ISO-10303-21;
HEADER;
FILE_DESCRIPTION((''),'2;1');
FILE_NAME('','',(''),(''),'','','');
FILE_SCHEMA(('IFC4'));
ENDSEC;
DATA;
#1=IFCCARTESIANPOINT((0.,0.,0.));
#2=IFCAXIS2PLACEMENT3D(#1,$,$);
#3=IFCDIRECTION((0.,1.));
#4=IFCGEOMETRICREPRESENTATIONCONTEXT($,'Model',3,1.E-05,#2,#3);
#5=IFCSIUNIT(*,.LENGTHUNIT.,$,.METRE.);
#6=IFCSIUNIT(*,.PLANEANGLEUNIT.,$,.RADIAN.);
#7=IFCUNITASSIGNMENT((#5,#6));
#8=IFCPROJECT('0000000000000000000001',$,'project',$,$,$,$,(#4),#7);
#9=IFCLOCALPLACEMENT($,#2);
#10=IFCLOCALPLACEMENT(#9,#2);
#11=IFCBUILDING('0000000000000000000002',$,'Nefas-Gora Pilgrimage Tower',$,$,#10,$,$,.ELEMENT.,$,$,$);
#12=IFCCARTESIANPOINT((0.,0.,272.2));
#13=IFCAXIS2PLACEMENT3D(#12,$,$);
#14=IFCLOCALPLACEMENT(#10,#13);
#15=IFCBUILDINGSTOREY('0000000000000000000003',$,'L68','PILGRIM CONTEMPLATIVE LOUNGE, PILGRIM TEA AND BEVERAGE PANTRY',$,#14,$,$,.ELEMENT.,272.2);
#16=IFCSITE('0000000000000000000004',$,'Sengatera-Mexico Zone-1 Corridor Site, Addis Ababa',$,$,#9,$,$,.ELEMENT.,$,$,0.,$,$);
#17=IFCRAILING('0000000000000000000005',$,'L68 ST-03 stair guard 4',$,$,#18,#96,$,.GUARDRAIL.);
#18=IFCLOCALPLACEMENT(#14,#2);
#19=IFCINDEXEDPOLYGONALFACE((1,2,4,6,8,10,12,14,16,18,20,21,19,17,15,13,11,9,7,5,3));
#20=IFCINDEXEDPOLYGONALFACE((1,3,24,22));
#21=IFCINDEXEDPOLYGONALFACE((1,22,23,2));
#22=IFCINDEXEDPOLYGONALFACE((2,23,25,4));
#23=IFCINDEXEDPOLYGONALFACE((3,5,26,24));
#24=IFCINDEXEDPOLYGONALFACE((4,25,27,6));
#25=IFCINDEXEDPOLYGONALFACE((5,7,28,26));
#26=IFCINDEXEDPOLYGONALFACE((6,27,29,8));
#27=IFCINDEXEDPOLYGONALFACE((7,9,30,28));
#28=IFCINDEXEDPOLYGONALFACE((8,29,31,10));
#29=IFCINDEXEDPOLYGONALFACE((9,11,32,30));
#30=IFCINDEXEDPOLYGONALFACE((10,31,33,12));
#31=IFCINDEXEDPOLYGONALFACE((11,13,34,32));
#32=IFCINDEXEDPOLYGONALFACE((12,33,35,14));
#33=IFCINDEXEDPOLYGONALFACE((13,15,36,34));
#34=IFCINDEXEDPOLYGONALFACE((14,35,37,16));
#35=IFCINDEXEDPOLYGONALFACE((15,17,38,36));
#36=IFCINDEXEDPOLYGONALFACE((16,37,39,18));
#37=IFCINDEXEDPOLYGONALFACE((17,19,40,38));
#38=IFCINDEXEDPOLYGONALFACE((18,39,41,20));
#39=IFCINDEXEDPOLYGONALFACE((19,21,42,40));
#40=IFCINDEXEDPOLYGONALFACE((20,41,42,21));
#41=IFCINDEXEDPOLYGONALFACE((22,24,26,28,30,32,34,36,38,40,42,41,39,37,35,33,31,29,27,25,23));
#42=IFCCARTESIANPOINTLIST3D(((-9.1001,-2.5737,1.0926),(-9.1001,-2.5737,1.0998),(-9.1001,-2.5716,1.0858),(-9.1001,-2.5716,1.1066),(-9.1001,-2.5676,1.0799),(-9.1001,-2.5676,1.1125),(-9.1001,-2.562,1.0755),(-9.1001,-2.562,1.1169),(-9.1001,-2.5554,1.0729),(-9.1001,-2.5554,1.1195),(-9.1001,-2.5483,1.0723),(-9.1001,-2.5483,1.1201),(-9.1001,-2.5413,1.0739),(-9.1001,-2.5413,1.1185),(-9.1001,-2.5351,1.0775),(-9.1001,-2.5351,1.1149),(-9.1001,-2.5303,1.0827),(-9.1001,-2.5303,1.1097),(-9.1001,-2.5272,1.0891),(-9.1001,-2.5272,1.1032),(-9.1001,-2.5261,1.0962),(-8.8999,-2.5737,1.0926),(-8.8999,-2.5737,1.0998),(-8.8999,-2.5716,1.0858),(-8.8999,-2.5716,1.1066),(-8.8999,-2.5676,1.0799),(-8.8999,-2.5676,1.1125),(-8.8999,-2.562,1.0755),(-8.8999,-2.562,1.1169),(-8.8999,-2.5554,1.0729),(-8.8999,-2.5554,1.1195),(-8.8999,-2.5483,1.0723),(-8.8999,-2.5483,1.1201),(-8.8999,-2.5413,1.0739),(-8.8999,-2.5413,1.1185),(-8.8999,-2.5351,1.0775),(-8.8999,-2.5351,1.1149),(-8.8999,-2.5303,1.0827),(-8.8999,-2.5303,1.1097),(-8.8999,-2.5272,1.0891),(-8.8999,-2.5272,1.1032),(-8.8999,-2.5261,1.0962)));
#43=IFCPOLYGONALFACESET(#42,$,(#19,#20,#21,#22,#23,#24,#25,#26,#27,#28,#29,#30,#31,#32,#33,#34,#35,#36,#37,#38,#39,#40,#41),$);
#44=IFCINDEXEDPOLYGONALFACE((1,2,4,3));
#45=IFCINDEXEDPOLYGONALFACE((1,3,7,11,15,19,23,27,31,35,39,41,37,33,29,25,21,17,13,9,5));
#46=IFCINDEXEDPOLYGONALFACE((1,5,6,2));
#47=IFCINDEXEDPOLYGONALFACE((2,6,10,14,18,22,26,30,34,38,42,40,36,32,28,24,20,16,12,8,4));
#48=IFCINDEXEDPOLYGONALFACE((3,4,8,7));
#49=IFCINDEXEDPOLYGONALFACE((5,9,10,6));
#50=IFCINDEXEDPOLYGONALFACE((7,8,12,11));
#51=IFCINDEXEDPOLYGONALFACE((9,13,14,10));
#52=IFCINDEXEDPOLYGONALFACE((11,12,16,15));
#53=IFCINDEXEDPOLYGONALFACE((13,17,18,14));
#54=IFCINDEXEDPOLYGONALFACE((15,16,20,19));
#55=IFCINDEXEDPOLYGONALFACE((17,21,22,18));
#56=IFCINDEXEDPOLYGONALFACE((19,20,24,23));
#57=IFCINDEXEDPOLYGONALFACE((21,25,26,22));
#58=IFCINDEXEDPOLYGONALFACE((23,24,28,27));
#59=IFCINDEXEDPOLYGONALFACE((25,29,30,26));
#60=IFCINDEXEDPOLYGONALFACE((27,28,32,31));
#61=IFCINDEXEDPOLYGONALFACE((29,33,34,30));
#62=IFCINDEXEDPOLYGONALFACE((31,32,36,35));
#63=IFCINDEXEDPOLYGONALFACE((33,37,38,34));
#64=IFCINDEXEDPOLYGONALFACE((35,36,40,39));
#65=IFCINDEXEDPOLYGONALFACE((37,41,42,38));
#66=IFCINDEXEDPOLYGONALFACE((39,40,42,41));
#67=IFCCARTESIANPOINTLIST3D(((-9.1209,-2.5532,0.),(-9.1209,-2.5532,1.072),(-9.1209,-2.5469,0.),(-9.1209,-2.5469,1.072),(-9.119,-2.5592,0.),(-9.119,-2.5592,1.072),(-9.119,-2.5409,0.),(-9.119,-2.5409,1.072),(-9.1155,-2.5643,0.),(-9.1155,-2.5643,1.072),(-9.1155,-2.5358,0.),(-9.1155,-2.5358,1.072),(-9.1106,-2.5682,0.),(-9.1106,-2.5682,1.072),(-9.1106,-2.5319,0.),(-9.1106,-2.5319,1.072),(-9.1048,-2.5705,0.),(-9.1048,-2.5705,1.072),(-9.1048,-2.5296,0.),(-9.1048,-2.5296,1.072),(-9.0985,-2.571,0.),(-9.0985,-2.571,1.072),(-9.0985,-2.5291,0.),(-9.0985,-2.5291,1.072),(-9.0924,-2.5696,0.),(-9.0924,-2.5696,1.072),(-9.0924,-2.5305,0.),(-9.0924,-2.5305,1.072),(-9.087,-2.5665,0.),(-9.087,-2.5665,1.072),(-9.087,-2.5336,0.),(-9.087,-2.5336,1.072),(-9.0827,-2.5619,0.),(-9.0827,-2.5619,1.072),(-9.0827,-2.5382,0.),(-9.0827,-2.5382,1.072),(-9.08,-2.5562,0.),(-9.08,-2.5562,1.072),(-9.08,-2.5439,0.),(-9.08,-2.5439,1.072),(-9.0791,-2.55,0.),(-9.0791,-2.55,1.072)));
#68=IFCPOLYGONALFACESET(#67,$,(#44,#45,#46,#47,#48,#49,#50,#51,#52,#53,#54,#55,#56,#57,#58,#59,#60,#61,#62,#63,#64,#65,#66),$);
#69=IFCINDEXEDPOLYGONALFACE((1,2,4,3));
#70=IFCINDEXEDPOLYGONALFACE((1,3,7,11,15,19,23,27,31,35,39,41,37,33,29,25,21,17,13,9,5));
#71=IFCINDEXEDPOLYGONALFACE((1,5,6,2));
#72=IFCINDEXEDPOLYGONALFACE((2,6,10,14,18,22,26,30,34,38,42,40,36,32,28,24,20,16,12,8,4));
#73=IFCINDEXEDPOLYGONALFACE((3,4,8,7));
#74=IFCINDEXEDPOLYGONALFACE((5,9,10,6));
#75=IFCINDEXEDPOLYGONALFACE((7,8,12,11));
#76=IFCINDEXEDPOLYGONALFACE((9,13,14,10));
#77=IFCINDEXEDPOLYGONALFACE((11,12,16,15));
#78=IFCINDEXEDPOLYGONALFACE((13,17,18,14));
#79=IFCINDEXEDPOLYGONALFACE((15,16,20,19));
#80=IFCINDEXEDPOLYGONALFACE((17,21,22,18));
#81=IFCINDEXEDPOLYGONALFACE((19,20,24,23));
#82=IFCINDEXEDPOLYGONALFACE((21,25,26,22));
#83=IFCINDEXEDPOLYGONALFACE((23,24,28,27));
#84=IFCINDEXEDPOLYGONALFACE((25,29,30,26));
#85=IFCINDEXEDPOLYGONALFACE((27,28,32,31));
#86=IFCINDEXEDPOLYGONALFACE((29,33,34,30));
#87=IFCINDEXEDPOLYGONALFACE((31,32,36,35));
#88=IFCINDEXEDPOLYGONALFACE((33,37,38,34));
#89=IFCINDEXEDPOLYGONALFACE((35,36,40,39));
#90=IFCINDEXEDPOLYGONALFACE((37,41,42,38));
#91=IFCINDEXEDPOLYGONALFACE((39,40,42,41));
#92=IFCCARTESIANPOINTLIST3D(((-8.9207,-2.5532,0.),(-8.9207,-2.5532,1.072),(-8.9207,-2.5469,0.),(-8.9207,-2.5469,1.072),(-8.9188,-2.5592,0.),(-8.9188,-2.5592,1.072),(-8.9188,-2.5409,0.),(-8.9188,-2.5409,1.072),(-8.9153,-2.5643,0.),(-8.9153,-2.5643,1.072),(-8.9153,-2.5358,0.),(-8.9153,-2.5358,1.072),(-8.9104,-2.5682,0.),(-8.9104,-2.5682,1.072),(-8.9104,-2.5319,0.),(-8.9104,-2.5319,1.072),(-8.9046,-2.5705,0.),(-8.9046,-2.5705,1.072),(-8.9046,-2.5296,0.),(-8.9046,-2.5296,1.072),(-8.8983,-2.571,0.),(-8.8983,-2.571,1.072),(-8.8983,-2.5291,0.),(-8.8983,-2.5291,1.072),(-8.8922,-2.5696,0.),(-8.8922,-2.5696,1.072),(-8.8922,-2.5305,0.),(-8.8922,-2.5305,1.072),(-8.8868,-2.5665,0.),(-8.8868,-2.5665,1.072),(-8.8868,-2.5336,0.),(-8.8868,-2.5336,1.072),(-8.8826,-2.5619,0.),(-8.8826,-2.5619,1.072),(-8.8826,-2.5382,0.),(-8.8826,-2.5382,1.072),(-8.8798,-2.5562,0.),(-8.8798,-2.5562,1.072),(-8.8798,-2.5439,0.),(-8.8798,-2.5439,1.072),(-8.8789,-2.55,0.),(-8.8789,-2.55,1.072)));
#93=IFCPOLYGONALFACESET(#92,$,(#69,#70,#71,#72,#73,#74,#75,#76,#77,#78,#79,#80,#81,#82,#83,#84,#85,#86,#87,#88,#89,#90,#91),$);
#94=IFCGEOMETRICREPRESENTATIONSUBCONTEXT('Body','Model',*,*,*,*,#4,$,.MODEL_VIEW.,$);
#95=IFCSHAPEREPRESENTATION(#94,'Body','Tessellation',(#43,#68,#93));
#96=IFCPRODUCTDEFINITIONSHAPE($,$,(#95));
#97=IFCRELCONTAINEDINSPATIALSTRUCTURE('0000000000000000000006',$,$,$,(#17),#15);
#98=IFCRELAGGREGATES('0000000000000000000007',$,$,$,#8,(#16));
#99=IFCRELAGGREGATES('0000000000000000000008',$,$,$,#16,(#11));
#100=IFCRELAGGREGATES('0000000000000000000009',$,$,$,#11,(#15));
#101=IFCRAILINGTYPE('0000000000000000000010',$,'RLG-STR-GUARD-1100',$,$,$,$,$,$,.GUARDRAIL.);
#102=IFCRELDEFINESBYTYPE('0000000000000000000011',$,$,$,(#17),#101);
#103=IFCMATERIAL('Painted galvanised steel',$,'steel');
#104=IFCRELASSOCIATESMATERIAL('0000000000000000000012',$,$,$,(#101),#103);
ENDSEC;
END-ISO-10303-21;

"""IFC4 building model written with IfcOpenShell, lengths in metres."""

from ifc_helpers import new_model, si_unit, direction, frame, origin, origin_2d, place, context, subcontext, project, spatial, circle, extrude, material, type_object, element, save


model = new_model("IFC4")

# Units and contexts
model_context = context("Model", 3, precision=1e-05, world=origin(), true_north=direction((0.0, 1.0)))
body_context = subcontext(model_context, "Body", "Model", "MODEL_VIEW")
ifc_project = project(units=[si_unit("LENGTHUNIT", "METRE"), si_unit("PLANEANGLEUNIT", "RADIAN")], contexts=[model_context])

# Site, building, storey
site_placement = place(None, origin())
site = spatial("IfcSite", under=ifc_project, at=site_placement, Name="Sengatera-Mexico Zone-1 Corridor Site, Addis Ababa", CompositionType="ELEMENT", RefElevation=0.0)
building_placement = place(site_placement, origin())
building = spatial("IfcBuilding", under=site, at=building_placement, Name="Nefas-Gora Pilgrimage Tower", CompositionType="ELEMENT")
storey_placement = place(building_placement, frame((0.0, 0.0, 272.2)))
storey = spatial("IfcBuildingStorey", under=building, at=storey_placement, Name="L68", Description="PILGRIM CONTEMPLATIVE LOUNGE, PILGRIM TEA AND BEVERAGE PANTRY", CompositionType="ELEMENT", Elevation=272.2)

# Railing
ifc_material_1 = material(Name="Painted galvanised steel", Category="steel")
railing_type_1 = type_object("IfcRailingType", Name="RLG-STR-GUARD-1100", PredefinedType="GUARDRAIL", material=ifc_material_1)
railing_1_placement = place(storey_placement, frame((-9.1001, -2.55, 0.0)))
element("IfcRailing", 1, at=railing_1_placement, inside=storey, type_object=railing_type_1, Name="L68 ST-03 stair guard 4", PredefinedType="GUARDRAIL", context=body_context, shape_type="SweptSolid", body=[
    extrude(circle(Radius=0.0239, at=origin_2d()), frame((0.0, 0.0, 1.0962), z_axis=(1.0, 0.0, 0.0), x_axis=(0.0, 1.0, 0.0)), (0.0, 0.0, 1.0), 0.2002),
    extrude(circle(Radius=0.021, at=origin_2d()), origin(), (0.0, 0.0, 1.0), 1.072),
    extrude(circle(Radius=0.021, at=origin_2d()), frame((0.2002, 0.0, 0.0)), (0.0, 0.0, 1.0), 1.072),
])

save(model, "model.ifc")
